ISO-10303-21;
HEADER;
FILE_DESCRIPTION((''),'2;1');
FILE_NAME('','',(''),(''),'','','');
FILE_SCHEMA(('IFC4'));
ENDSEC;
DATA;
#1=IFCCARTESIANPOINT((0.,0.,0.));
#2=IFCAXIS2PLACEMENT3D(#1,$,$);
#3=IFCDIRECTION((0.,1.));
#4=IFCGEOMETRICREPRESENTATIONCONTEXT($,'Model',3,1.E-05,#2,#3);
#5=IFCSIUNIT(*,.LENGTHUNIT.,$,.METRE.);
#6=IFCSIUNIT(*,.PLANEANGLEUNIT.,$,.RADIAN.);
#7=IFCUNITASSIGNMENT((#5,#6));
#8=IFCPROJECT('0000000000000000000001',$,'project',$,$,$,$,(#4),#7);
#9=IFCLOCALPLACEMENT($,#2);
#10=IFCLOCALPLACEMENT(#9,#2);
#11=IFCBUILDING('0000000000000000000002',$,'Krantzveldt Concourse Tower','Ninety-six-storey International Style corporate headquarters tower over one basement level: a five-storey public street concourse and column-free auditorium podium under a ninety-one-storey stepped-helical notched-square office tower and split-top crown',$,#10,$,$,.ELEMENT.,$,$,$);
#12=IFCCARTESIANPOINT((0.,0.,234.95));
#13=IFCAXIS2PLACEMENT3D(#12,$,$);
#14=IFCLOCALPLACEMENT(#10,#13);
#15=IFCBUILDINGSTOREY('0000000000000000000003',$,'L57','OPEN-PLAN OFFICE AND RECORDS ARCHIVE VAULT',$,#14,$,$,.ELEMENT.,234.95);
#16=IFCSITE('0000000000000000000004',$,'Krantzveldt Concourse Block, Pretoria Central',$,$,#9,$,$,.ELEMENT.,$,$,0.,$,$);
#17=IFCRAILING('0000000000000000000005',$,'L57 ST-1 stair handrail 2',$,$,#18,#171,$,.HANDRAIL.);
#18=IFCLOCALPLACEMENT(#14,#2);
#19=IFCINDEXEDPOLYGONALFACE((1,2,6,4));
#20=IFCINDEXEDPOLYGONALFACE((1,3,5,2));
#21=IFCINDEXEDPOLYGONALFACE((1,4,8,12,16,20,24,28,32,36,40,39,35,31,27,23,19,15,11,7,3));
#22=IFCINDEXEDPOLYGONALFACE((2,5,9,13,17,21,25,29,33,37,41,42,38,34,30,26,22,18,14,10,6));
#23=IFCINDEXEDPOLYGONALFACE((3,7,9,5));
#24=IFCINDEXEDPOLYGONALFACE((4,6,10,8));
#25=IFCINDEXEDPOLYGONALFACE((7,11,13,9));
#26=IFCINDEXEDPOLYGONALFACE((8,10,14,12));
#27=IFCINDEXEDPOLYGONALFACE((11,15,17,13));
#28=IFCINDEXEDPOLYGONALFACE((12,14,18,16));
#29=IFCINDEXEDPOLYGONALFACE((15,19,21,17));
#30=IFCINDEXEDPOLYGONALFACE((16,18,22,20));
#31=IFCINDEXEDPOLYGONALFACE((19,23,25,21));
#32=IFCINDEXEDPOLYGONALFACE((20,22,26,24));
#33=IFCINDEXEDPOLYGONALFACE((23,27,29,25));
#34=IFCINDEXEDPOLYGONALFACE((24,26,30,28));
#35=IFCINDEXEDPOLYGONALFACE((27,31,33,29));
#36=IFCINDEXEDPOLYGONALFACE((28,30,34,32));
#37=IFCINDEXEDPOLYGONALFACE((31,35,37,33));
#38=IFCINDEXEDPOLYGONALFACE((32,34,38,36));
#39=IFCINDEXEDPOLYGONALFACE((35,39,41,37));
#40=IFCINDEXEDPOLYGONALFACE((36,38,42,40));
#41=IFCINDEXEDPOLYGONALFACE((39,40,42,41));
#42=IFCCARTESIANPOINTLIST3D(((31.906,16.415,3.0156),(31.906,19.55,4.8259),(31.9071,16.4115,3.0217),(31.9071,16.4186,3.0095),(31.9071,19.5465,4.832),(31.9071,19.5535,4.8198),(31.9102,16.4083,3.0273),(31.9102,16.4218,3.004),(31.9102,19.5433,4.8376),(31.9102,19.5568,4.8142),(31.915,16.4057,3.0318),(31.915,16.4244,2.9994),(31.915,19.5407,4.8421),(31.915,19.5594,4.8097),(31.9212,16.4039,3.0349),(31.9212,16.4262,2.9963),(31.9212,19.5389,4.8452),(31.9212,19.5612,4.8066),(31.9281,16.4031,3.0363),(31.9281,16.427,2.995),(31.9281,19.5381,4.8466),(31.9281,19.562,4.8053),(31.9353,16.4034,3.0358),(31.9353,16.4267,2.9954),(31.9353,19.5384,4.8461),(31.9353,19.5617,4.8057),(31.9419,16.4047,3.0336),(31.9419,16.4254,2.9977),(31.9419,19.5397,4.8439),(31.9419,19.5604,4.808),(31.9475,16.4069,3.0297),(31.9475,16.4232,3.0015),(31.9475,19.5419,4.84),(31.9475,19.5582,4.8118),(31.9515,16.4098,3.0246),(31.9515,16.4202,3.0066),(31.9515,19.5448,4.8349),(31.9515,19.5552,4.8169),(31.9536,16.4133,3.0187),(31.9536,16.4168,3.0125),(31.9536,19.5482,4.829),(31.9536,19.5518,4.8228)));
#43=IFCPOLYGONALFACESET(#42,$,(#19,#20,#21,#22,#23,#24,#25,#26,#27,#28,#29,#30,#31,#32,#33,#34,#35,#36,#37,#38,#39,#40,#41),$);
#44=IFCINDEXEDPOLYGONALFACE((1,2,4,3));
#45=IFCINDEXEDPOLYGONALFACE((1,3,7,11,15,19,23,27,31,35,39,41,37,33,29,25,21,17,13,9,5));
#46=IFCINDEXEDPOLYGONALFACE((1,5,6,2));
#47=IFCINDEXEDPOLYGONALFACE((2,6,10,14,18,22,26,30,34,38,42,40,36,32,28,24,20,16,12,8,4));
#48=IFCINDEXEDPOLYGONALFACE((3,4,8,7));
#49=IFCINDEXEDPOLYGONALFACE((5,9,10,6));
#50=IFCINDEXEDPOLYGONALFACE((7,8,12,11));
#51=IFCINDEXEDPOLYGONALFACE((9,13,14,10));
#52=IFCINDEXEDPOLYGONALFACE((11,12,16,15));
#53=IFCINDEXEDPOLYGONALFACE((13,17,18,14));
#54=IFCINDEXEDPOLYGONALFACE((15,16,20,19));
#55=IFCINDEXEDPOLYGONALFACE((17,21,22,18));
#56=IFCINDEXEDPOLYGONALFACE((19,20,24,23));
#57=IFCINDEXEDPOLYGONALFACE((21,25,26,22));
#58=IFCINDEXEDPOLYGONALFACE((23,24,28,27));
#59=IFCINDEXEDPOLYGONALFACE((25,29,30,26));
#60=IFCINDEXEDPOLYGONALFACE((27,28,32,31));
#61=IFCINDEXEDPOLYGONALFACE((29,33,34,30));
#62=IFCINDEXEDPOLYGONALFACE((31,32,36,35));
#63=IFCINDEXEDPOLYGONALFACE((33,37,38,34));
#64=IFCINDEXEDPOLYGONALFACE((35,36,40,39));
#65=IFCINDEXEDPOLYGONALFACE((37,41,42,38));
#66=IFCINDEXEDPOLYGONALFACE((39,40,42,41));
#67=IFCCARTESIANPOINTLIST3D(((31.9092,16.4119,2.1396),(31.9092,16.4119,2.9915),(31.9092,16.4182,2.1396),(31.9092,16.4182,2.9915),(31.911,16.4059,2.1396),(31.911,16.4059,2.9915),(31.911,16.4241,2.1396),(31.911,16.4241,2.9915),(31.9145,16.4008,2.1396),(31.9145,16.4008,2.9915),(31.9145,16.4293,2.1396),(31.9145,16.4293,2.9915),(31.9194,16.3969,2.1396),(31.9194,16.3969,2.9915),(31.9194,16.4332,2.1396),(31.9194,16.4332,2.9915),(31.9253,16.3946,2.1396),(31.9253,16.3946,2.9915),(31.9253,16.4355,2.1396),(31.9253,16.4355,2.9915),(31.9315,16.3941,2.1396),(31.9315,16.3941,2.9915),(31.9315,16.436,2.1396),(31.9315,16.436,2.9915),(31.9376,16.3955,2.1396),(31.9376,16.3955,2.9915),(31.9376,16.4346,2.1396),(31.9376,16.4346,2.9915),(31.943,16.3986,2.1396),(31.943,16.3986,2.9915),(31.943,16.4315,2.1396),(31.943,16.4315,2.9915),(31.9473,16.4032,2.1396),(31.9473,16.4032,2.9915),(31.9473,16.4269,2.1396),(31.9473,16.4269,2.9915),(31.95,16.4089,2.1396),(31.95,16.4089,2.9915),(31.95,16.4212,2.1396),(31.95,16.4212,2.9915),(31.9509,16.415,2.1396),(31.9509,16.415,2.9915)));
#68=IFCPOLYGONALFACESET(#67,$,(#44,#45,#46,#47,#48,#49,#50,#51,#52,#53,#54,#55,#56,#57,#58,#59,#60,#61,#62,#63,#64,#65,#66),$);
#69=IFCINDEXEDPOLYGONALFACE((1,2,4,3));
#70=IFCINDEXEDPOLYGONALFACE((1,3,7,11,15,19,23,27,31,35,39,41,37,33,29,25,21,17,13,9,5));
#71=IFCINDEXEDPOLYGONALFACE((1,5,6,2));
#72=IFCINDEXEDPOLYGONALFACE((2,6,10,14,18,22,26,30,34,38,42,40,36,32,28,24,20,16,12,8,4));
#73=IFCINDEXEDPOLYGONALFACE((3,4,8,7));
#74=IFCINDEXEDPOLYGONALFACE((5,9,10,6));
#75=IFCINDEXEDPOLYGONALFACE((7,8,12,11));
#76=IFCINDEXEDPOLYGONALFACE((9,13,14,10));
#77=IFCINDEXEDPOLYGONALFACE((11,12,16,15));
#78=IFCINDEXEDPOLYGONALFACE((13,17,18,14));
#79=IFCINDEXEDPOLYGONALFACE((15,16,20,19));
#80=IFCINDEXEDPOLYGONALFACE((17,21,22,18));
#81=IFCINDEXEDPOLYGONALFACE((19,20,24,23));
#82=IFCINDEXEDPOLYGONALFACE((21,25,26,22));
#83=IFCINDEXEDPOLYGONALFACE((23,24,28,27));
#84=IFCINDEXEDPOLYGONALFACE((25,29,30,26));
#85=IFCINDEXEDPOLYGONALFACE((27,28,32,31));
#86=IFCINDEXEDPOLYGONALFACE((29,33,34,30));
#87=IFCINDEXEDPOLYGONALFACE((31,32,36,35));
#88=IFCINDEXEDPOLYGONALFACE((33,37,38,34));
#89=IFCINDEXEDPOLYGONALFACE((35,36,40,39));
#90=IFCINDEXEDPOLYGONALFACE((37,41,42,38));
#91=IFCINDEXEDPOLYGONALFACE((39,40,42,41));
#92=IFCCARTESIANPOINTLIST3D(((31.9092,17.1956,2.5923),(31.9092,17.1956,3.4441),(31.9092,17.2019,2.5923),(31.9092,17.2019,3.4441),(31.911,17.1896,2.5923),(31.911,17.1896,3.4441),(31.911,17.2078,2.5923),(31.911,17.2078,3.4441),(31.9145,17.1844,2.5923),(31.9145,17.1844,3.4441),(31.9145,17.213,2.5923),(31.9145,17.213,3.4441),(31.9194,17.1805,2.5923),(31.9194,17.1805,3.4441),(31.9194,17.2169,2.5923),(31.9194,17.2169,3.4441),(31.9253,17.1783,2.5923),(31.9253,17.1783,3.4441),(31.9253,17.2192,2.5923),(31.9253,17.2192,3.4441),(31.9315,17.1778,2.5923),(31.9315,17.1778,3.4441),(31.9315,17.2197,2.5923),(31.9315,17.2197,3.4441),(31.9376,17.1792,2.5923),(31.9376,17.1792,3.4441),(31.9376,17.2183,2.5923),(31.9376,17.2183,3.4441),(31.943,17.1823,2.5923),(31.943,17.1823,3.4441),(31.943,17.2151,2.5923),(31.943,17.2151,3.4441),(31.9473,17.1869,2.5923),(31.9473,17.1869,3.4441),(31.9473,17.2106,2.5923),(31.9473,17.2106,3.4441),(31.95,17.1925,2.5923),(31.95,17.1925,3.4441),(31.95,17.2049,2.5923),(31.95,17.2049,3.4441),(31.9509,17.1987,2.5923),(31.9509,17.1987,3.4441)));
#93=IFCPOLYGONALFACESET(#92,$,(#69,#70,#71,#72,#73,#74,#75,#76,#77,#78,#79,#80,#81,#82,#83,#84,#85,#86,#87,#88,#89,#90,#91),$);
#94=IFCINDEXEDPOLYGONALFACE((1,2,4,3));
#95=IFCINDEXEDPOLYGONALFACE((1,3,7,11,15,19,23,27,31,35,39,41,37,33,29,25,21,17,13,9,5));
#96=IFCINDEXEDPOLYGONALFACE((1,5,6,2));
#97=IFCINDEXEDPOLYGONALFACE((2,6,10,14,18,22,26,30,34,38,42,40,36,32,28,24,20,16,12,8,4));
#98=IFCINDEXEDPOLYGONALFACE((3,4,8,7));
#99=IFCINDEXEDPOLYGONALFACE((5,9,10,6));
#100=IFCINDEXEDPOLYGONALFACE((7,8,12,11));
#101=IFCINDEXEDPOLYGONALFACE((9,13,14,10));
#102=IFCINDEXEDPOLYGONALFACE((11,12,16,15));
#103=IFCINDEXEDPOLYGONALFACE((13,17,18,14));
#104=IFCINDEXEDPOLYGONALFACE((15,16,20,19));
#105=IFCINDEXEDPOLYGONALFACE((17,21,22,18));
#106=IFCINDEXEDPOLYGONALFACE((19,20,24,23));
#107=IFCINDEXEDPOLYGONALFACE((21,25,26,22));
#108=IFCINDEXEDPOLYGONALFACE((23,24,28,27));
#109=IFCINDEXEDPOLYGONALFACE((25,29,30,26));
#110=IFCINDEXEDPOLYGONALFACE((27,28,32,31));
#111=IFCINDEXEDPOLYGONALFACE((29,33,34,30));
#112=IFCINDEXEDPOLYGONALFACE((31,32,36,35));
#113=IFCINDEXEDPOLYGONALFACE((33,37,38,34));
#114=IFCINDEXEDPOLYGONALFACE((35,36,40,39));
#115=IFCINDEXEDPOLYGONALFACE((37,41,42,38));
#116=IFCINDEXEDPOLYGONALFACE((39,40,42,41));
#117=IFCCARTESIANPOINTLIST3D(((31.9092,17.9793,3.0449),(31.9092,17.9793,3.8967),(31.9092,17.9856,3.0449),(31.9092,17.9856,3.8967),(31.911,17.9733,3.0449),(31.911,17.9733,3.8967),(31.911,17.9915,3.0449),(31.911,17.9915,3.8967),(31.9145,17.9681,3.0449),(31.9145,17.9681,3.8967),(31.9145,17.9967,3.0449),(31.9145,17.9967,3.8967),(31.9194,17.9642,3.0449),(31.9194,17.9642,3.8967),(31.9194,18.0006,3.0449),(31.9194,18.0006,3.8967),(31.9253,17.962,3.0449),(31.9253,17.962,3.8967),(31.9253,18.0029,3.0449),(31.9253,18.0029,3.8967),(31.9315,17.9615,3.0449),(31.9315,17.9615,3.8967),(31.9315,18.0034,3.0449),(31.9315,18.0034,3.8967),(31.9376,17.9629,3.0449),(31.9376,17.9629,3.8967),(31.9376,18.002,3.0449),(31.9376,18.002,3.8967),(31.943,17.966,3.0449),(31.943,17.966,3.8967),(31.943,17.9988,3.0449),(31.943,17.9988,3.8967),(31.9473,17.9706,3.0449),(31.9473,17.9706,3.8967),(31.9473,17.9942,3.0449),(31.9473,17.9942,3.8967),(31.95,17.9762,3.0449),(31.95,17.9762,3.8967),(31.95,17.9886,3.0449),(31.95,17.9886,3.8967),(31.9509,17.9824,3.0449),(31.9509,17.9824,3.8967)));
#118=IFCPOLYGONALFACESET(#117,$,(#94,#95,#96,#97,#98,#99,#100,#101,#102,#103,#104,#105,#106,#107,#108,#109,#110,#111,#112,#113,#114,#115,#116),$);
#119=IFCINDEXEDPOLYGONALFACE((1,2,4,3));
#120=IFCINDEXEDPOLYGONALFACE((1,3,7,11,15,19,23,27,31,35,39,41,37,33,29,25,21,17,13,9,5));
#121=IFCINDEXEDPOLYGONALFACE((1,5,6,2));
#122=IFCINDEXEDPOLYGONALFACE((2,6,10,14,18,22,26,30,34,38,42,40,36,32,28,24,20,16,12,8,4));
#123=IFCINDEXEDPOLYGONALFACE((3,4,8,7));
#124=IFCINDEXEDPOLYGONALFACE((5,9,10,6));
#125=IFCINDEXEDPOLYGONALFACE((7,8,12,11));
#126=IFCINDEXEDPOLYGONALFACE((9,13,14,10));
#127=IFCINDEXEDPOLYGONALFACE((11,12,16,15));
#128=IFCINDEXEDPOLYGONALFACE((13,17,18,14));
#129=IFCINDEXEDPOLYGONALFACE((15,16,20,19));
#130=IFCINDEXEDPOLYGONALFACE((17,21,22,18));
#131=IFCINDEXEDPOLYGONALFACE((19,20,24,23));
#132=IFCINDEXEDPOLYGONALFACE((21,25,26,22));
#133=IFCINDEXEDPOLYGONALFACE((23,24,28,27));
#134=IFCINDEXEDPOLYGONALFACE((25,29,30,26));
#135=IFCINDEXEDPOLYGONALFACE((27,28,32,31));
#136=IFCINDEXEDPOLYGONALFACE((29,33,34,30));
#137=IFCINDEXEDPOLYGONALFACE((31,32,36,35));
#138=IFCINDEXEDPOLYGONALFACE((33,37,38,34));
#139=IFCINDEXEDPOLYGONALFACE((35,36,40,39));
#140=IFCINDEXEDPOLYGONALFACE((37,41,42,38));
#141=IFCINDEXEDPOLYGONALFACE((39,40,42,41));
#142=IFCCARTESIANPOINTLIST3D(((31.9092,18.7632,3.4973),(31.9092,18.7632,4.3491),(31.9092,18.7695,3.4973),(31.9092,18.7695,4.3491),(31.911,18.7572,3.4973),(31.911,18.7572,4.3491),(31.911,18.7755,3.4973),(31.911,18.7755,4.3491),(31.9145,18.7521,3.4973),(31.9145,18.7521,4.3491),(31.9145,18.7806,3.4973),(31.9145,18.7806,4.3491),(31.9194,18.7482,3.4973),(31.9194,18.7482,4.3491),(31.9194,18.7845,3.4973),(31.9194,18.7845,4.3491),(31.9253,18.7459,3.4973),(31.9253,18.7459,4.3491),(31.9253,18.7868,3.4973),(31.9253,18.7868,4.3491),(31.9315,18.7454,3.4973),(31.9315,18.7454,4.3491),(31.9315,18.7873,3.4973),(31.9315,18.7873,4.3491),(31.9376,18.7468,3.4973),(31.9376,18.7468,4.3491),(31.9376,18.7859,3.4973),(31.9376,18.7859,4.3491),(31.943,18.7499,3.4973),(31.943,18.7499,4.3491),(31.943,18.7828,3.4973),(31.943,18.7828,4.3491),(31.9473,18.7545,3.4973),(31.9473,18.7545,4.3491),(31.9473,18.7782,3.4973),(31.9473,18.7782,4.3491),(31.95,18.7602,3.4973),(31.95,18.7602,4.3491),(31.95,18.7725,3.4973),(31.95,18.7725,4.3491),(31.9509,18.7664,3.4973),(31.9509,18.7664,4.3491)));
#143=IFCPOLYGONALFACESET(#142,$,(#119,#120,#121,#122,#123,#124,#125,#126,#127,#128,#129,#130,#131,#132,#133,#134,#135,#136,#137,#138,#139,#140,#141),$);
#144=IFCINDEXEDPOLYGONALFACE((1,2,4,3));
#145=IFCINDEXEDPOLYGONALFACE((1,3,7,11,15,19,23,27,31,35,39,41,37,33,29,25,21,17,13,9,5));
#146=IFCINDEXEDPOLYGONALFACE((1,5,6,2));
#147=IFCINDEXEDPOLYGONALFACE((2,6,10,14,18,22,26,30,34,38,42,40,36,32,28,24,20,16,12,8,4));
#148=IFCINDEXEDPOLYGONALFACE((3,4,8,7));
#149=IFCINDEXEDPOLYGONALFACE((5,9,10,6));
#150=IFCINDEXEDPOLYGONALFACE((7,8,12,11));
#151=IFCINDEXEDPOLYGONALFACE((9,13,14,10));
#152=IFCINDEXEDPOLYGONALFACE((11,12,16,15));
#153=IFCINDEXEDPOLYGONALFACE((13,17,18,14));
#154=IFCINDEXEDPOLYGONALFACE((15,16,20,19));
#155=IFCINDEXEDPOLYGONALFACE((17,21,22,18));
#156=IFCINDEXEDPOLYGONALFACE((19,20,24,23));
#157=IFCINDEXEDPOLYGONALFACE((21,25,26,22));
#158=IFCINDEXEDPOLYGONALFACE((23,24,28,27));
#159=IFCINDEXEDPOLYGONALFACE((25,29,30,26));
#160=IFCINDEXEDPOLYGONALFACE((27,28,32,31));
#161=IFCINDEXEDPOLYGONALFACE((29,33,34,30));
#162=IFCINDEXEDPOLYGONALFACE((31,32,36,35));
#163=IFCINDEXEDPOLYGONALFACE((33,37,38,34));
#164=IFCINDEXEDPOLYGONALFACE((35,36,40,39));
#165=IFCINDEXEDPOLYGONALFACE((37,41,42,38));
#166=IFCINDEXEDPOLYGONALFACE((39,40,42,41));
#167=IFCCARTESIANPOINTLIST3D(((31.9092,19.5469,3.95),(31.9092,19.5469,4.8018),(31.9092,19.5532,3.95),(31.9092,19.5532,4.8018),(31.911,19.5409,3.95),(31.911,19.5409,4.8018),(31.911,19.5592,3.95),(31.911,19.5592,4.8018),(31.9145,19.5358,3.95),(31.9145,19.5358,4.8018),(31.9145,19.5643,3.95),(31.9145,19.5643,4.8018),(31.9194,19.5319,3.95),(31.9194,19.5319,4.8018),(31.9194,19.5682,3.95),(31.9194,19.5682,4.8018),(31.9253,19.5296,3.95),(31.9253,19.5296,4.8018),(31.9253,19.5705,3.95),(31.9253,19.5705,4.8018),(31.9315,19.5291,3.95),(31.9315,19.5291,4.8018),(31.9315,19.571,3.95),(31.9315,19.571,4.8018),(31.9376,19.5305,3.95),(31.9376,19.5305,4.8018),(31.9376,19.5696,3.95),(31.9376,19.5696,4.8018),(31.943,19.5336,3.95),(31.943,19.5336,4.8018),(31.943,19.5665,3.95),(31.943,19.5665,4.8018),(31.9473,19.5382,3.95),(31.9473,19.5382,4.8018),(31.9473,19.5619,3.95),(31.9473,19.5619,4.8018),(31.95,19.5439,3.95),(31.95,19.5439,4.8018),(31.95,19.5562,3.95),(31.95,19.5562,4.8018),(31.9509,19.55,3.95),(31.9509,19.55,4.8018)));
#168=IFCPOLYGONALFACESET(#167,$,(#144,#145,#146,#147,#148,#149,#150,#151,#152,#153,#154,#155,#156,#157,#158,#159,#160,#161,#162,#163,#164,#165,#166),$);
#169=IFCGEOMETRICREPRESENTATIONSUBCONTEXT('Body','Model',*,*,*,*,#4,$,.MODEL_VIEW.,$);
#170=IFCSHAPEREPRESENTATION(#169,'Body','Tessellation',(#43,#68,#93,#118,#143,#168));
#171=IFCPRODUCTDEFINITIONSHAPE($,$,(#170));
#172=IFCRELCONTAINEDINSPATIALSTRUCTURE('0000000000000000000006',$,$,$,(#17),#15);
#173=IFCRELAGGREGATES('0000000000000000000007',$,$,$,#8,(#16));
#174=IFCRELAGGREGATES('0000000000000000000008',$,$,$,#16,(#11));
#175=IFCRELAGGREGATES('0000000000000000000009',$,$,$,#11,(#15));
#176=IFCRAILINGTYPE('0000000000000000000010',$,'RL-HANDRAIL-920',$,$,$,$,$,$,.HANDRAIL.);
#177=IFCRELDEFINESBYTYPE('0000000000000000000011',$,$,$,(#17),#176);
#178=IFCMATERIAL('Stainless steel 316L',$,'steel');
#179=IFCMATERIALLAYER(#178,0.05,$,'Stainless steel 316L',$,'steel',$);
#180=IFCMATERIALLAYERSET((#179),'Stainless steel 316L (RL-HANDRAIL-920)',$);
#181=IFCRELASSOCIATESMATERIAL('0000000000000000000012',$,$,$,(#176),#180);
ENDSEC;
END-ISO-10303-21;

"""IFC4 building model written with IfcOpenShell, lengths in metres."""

from ifc_helpers import new_model, si_unit, direction, frame, origin, origin_2d, place, context, subcontext, project, spatial, circle, extrude, material, layer, layer_set, type_object, element, save


model = new_model("IFC4")

# Units and contexts
model_context = context("Model", 3, precision=1e-05, world=origin(), true_north=direction((0.0, 1.0)))
body_context = subcontext(model_context, "Body", "Model", "MODEL_VIEW")
ifc_project = project(units=[si_unit("LENGTHUNIT", "METRE"), si_unit("PLANEANGLEUNIT", "RADIAN")], contexts=[model_context])

# Site, building, storey
site_placement = place(None, origin())
site = spatial("IfcSite", under=ifc_project, at=site_placement, Name="Krantzveldt Concourse Block, Pretoria Central", CompositionType="ELEMENT", RefElevation=0.0)
building_placement = place(site_placement, origin())
building = spatial("IfcBuilding", under=site, at=building_placement, Name="Krantzveldt Concourse Tower", Description="Ninety-six-storey International Style corporate headquarters tower over one basement level: a five-storey public street concourse and column-free auditorium podium under a ninety-one-storey stepped-helical notched-square office tower and split-top crown", CompositionType="ELEMENT")
storey_placement = place(building_placement, frame((0.0, 0.0, 234.95)))
storey = spatial("IfcBuildingStorey", under=building, at=storey_placement, Name="L57", Description="OPEN-PLAN OFFICE AND RECORDS ARCHIVE VAULT", CompositionType="ELEMENT", Elevation=234.95)

# Shared definitions
ifc_material_1 = material(Name="Stainless steel 316L", Category="steel")

# Railing
ifc_layer_1 = layer(ifc_material_1, 0.05, Name="Stainless steel 316L", Category="steel")
ifc_layer_set_1 = layer_set([ifc_layer_1], Name="Stainless steel 316L (RL-HANDRAIL-920)")
railing_type_1 = type_object("IfcRailingType", Name="RL-HANDRAIL-920", PredefinedType="HANDRAIL", material=ifc_layer_set_1)
railing_1_placement = place(storey_placement, frame((31.9299, 16.415, 2.1396)))
element("IfcRailing", 1, at=railing_1_placement, inside=storey, type_object=railing_type_1, Name="L57 ST-1 stair handrail 2", PredefinedType="HANDRAIL", context=body_context, shape_type="SweptSolid", body=[
    extrude(circle(Radius=0.0239, at=origin_2d()), frame((0.0, 0.0, 0.876), z_axis=(0.0, 0.865989, 0.500063), x_axis=(-1.0, 0.0, 0.0)), (0.0, 0.0, 1.0), 3.6201),
    extrude(circle(Radius=0.021, at=origin_2d()), origin(), (0.0, 0.0, 1.0), 0.8518),
    extrude(circle(Radius=0.021, at=origin_2d()), frame((0.0, 0.7837, 0.4526)), (0.0, 0.0, 1.0), 0.8518),
    extrude(circle(Radius=0.021, at=origin_2d()), frame((0.0, 1.5674, 0.9053)), (0.0, 0.0, 1.0), 0.8518),
    extrude(circle(Radius=0.021, at=origin_2d()), frame((0.0, 2.3513, 1.3577)), (0.0, 0.0, 1.0), 0.8518),
    extrude(circle(Radius=0.021, at=origin_2d()), frame((0.0, 3.135, 1.8103)), (0.0, 0.0, 1.0), 0.8518),
])

save(model, "model.ifc")
